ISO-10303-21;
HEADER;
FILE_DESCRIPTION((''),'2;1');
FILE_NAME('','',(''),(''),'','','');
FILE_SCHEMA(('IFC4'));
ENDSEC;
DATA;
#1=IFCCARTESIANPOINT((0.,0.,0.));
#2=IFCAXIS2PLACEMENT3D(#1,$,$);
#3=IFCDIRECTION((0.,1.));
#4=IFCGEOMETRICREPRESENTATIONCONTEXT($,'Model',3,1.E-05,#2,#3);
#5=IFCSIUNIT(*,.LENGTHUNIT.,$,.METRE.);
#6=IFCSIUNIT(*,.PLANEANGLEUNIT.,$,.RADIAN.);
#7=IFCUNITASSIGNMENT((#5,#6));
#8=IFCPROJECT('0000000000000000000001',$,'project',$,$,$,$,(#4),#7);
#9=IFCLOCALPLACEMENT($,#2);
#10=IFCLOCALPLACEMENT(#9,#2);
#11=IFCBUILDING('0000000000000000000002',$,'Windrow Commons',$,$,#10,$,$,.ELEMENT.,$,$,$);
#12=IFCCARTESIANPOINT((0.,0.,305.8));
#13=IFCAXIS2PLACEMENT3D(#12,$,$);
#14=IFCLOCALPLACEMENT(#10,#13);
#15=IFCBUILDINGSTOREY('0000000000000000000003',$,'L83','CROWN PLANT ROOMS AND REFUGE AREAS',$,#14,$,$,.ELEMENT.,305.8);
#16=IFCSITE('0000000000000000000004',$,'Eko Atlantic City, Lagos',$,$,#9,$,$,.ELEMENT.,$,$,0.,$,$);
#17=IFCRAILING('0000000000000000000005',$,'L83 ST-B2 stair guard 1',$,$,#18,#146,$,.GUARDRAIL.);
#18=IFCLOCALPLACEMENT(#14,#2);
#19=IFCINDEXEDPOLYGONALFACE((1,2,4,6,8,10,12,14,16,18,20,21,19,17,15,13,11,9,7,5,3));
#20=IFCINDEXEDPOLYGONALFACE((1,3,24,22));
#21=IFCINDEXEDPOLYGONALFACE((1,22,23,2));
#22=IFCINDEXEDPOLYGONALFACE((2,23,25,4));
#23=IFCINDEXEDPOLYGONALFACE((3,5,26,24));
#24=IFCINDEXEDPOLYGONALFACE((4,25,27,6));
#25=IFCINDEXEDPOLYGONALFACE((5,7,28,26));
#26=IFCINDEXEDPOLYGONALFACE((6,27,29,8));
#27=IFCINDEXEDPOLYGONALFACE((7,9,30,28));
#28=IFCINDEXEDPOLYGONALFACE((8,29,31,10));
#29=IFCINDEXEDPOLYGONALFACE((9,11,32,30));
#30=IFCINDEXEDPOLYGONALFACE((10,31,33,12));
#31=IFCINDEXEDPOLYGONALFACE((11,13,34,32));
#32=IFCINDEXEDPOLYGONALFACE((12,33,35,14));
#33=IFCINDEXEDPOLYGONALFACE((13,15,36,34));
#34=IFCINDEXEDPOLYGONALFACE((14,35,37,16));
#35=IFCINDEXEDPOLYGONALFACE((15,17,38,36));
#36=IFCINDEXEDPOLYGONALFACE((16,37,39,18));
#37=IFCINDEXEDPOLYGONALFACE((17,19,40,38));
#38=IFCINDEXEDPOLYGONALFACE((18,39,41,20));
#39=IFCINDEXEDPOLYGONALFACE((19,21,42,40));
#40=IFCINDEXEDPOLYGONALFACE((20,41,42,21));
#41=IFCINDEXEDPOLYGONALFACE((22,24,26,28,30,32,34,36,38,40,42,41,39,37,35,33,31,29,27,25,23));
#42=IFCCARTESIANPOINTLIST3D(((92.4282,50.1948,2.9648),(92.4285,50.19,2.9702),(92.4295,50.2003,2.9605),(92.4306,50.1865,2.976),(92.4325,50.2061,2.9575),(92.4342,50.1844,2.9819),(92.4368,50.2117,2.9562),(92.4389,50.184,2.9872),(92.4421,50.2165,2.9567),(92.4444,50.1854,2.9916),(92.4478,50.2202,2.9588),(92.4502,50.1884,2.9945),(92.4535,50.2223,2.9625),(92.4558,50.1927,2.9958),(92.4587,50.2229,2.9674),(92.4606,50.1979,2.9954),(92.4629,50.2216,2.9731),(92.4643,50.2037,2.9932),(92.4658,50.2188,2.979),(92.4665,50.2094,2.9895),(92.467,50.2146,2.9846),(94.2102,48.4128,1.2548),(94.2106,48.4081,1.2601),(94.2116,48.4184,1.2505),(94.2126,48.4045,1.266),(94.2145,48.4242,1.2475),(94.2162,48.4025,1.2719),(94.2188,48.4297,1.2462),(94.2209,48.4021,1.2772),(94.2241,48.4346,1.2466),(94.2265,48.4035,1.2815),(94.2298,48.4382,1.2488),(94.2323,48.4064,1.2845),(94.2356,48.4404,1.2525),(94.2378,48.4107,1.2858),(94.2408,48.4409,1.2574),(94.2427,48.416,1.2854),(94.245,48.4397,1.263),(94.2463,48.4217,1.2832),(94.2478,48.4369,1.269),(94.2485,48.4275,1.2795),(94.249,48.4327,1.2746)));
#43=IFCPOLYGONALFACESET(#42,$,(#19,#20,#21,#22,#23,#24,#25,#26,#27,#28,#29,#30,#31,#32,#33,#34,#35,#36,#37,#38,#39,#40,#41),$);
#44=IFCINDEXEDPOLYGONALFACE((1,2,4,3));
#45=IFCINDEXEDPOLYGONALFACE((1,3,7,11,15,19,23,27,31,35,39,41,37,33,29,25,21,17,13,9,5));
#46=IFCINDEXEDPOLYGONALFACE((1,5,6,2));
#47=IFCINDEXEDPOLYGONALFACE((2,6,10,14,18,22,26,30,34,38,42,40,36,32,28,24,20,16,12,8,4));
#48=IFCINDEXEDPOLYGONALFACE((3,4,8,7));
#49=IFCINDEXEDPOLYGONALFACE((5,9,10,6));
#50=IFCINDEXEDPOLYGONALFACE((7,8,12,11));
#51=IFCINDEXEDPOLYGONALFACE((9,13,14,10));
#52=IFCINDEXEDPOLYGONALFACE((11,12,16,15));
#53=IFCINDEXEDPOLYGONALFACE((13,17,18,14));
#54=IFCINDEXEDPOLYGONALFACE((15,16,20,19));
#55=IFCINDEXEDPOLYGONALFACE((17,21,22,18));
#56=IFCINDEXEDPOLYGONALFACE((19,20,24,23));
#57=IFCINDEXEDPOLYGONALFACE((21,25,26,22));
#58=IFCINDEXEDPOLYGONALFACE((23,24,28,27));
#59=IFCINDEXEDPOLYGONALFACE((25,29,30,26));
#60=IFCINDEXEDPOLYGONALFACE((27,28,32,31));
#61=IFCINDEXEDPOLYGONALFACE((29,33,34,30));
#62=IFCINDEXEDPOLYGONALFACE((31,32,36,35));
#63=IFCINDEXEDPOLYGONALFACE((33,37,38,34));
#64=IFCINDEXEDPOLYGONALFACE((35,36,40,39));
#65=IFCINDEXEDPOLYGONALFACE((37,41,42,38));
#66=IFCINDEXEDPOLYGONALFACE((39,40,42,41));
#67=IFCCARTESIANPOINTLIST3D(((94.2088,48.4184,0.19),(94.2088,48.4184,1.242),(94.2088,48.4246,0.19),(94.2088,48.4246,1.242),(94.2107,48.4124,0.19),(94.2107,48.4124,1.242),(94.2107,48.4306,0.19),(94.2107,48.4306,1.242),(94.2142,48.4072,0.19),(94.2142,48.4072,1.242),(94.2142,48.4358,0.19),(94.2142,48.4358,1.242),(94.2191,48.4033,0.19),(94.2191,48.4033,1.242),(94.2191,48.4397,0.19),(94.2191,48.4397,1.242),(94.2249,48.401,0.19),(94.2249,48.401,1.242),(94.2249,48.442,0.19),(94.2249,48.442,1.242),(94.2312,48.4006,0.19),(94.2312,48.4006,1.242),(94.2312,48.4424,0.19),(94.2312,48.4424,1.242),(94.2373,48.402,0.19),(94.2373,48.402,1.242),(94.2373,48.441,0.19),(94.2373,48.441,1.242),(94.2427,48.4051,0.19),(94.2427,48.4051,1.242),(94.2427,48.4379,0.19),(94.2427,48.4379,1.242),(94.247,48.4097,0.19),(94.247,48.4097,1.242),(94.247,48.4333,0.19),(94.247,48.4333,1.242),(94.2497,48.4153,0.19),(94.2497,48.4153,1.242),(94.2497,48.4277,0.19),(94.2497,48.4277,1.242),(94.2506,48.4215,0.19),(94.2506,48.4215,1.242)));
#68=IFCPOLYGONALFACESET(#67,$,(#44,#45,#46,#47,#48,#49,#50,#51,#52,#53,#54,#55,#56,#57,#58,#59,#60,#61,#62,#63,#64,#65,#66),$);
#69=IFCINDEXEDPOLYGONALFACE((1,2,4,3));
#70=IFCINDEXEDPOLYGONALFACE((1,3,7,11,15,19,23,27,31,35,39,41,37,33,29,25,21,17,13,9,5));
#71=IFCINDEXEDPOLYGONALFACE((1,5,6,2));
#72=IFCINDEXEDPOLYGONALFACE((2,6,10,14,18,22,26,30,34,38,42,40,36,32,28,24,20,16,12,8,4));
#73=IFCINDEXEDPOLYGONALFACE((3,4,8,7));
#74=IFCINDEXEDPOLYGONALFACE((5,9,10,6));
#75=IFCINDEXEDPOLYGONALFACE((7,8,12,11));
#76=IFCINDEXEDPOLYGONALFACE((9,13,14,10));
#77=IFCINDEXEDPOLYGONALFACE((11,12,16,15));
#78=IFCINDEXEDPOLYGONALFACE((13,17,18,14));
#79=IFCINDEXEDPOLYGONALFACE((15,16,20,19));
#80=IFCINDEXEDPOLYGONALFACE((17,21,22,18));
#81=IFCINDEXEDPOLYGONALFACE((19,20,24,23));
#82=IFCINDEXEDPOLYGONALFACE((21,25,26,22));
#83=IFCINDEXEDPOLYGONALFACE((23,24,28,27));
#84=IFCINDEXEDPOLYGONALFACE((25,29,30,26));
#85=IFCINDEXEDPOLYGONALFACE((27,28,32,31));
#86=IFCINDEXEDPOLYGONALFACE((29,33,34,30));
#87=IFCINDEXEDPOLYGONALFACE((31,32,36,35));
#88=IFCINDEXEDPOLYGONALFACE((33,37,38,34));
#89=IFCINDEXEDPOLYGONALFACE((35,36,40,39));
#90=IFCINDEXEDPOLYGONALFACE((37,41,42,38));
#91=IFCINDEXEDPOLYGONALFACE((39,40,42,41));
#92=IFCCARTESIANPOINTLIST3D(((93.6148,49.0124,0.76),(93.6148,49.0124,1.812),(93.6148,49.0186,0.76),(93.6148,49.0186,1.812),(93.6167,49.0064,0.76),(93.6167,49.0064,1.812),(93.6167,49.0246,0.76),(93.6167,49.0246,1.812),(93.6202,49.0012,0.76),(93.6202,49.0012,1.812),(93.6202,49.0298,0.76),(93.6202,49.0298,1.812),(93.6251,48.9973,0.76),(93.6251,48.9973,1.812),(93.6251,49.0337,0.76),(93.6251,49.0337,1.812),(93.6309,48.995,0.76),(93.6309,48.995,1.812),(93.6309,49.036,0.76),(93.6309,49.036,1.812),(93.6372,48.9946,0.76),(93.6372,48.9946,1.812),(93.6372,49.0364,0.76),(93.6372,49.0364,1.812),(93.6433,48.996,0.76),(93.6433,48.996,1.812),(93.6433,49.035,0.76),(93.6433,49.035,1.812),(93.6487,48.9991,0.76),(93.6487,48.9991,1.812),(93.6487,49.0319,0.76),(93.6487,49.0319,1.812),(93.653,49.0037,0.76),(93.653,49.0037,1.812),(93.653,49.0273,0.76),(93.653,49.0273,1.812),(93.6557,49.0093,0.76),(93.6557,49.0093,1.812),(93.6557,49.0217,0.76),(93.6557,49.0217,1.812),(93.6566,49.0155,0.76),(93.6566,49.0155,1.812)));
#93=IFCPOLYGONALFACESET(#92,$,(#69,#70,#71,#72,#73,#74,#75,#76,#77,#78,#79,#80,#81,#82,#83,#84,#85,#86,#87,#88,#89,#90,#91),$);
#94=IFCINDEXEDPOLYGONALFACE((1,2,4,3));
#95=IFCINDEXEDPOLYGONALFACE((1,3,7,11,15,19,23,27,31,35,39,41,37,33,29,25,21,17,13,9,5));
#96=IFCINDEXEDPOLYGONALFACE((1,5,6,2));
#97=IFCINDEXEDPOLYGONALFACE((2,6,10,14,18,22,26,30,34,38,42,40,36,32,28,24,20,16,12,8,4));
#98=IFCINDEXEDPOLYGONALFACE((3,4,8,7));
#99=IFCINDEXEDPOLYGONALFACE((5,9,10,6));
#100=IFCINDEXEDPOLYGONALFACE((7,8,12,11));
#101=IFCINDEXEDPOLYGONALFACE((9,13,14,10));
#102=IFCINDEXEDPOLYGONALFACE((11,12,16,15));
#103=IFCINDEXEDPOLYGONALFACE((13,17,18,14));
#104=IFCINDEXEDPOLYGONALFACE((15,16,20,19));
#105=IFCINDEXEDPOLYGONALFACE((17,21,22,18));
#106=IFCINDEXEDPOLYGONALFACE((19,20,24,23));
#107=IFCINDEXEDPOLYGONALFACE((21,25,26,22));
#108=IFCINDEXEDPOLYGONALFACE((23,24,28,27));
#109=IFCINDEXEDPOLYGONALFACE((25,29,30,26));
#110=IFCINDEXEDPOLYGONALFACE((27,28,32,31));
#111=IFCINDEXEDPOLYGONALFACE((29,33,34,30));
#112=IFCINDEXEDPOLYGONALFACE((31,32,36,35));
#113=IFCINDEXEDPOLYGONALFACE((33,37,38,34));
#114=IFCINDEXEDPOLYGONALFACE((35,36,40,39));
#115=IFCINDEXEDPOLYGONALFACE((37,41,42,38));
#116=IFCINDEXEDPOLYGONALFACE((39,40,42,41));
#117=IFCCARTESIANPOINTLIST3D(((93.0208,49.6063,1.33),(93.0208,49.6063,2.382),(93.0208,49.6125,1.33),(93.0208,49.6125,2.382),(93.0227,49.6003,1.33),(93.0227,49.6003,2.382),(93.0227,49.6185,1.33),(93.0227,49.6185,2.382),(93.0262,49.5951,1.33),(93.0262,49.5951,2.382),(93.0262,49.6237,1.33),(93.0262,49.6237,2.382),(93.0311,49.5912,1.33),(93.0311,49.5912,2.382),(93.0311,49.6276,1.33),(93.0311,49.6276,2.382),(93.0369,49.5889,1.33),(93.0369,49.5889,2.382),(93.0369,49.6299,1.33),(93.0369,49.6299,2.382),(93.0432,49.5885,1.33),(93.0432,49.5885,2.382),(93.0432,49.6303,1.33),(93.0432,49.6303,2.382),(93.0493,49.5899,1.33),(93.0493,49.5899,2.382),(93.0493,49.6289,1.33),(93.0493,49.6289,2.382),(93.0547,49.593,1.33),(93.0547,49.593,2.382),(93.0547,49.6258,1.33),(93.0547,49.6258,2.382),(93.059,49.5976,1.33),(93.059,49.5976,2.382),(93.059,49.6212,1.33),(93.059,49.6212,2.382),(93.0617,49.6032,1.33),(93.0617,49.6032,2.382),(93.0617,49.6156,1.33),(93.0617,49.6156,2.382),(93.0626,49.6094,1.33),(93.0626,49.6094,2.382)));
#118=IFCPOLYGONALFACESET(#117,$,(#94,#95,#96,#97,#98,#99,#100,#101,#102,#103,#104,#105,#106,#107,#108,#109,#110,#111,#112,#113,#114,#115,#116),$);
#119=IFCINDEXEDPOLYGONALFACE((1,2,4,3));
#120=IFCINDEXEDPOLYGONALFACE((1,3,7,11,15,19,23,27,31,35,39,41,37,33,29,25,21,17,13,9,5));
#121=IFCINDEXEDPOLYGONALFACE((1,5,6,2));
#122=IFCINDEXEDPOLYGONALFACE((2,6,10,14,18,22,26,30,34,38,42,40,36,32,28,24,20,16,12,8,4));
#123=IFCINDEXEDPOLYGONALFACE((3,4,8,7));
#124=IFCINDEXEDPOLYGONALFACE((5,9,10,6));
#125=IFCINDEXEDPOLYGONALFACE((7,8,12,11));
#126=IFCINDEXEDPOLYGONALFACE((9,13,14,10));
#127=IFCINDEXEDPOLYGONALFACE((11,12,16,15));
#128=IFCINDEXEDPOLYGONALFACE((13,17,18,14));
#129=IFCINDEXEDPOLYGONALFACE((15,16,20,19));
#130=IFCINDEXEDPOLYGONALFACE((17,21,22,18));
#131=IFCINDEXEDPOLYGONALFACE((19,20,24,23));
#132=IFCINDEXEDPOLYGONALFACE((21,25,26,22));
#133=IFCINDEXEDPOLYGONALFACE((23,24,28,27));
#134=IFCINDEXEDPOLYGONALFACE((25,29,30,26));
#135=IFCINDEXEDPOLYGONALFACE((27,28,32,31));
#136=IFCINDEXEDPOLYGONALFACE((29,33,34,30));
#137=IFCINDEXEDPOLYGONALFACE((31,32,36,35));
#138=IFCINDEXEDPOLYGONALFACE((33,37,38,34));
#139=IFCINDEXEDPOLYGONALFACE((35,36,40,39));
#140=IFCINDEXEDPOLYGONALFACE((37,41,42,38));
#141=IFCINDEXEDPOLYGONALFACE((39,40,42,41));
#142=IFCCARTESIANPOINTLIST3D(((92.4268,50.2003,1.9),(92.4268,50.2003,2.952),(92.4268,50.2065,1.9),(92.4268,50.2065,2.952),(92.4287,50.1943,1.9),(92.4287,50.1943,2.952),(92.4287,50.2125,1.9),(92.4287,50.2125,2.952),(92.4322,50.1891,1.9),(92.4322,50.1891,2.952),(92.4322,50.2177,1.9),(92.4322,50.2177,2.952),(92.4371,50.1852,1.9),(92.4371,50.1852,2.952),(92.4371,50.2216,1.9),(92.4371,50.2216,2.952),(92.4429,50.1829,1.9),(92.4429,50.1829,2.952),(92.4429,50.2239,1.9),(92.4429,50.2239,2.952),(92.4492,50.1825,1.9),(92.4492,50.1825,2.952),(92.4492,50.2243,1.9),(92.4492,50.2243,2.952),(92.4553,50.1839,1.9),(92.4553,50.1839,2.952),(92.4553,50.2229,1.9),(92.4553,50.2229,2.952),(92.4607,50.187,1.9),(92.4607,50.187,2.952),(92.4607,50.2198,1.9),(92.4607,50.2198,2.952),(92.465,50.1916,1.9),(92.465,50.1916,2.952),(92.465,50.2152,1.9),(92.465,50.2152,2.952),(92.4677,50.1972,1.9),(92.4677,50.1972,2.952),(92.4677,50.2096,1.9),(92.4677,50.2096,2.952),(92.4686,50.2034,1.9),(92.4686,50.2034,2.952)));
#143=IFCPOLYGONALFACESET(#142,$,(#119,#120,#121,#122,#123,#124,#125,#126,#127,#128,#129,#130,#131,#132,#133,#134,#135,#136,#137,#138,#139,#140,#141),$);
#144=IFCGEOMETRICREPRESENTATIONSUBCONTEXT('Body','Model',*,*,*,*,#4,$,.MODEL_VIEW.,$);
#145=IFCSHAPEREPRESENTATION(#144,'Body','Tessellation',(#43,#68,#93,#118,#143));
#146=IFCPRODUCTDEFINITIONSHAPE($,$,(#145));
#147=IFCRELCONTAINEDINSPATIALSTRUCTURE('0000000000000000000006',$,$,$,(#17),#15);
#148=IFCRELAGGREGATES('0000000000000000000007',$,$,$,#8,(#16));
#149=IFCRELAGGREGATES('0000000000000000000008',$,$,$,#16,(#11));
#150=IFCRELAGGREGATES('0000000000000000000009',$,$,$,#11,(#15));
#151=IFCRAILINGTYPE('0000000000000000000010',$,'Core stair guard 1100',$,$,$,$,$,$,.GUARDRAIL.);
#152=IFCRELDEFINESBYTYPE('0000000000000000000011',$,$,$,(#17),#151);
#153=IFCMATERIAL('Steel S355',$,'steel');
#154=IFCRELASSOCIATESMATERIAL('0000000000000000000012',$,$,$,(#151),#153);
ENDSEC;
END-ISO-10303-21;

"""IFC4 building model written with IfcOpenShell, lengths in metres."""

from ifc_helpers import new_model, si_unit, direction, frame, origin, origin_2d, place, context, subcontext, project, spatial, circle, extrude, material, type_object, element, save


model = new_model("IFC4")

# Units and contexts
model_context = context("Model", 3, precision=1e-05, world=origin(), true_north=direction((0.0, 1.0)))
body_context = subcontext(model_context, "Body", "Model", "MODEL_VIEW")
ifc_project = project(units=[si_unit("LENGTHUNIT", "METRE"), si_unit("PLANEANGLEUNIT", "RADIAN")], contexts=[model_context])

# Site, building, storey
site_placement = place(None, origin())
site = spatial("IfcSite", under=ifc_project, at=site_placement, Name="Eko Atlantic City, Lagos", CompositionType="ELEMENT", RefElevation=0.0)
building_placement = place(site_placement, origin())
building = spatial("IfcBuilding", under=site, at=building_placement, Name="Windrow Commons", CompositionType="ELEMENT")
storey_placement = place(building_placement, frame((0.0, 0.0, 305.8)))
storey = spatial("IfcBuildingStorey", under=building, at=storey_placement, Name="L83", Description="CROWN PLANT ROOMS AND REFUGE AREAS", CompositionType="ELEMENT", Elevation=305.8)

# Railing
ifc_material_1 = material(Name="Steel S355", Category="steel")
railing_type_1 = type_object("IfcRailingType", Name="Core stair guard 1100", PredefinedType="GUARDRAIL", material=ifc_material_1)
railing_1_placement = place(storey_placement, frame((94.2296, 48.4215, 0.19)))
element("IfcRailing", 1, at=railing_1_placement, inside=storey, type_object=railing_type_1, Name="L83 ST-B2 stair guard 1", PredefinedType="GUARDRAIL", context=body_context, shape_type="SweptSolid", body=[
    extrude(circle(Radius=0.024, at=origin_2d()), frame((0.0, 0.0, 1.076), z_axis=(-0.585134, 0.585102, 0.561493), x_axis=(-0.707087, -0.707127, 0.0)), (0.0, 0.0, 1.0), 3.0455),
    extrude(circle(Radius=0.021, at=origin_2d()), origin(), (0.0, 0.0, 1.0), 1.052),
    extrude(circle(Radius=0.021, at=origin_2d()), frame((-0.594, 0.594, 0.57)), (0.0, 0.0, 1.0), 1.052),
    extrude(circle(Radius=0.021, at=origin_2d()), frame((-1.188, 1.1879, 1.14)), (0.0, 0.0, 1.0), 1.052),
    extrude(circle(Radius=0.021, at=origin_2d()), frame((-1.782, 1.7819, 1.71)), (0.0, 0.0, 1.0), 1.052),
])

save(model, "model.ifc")
